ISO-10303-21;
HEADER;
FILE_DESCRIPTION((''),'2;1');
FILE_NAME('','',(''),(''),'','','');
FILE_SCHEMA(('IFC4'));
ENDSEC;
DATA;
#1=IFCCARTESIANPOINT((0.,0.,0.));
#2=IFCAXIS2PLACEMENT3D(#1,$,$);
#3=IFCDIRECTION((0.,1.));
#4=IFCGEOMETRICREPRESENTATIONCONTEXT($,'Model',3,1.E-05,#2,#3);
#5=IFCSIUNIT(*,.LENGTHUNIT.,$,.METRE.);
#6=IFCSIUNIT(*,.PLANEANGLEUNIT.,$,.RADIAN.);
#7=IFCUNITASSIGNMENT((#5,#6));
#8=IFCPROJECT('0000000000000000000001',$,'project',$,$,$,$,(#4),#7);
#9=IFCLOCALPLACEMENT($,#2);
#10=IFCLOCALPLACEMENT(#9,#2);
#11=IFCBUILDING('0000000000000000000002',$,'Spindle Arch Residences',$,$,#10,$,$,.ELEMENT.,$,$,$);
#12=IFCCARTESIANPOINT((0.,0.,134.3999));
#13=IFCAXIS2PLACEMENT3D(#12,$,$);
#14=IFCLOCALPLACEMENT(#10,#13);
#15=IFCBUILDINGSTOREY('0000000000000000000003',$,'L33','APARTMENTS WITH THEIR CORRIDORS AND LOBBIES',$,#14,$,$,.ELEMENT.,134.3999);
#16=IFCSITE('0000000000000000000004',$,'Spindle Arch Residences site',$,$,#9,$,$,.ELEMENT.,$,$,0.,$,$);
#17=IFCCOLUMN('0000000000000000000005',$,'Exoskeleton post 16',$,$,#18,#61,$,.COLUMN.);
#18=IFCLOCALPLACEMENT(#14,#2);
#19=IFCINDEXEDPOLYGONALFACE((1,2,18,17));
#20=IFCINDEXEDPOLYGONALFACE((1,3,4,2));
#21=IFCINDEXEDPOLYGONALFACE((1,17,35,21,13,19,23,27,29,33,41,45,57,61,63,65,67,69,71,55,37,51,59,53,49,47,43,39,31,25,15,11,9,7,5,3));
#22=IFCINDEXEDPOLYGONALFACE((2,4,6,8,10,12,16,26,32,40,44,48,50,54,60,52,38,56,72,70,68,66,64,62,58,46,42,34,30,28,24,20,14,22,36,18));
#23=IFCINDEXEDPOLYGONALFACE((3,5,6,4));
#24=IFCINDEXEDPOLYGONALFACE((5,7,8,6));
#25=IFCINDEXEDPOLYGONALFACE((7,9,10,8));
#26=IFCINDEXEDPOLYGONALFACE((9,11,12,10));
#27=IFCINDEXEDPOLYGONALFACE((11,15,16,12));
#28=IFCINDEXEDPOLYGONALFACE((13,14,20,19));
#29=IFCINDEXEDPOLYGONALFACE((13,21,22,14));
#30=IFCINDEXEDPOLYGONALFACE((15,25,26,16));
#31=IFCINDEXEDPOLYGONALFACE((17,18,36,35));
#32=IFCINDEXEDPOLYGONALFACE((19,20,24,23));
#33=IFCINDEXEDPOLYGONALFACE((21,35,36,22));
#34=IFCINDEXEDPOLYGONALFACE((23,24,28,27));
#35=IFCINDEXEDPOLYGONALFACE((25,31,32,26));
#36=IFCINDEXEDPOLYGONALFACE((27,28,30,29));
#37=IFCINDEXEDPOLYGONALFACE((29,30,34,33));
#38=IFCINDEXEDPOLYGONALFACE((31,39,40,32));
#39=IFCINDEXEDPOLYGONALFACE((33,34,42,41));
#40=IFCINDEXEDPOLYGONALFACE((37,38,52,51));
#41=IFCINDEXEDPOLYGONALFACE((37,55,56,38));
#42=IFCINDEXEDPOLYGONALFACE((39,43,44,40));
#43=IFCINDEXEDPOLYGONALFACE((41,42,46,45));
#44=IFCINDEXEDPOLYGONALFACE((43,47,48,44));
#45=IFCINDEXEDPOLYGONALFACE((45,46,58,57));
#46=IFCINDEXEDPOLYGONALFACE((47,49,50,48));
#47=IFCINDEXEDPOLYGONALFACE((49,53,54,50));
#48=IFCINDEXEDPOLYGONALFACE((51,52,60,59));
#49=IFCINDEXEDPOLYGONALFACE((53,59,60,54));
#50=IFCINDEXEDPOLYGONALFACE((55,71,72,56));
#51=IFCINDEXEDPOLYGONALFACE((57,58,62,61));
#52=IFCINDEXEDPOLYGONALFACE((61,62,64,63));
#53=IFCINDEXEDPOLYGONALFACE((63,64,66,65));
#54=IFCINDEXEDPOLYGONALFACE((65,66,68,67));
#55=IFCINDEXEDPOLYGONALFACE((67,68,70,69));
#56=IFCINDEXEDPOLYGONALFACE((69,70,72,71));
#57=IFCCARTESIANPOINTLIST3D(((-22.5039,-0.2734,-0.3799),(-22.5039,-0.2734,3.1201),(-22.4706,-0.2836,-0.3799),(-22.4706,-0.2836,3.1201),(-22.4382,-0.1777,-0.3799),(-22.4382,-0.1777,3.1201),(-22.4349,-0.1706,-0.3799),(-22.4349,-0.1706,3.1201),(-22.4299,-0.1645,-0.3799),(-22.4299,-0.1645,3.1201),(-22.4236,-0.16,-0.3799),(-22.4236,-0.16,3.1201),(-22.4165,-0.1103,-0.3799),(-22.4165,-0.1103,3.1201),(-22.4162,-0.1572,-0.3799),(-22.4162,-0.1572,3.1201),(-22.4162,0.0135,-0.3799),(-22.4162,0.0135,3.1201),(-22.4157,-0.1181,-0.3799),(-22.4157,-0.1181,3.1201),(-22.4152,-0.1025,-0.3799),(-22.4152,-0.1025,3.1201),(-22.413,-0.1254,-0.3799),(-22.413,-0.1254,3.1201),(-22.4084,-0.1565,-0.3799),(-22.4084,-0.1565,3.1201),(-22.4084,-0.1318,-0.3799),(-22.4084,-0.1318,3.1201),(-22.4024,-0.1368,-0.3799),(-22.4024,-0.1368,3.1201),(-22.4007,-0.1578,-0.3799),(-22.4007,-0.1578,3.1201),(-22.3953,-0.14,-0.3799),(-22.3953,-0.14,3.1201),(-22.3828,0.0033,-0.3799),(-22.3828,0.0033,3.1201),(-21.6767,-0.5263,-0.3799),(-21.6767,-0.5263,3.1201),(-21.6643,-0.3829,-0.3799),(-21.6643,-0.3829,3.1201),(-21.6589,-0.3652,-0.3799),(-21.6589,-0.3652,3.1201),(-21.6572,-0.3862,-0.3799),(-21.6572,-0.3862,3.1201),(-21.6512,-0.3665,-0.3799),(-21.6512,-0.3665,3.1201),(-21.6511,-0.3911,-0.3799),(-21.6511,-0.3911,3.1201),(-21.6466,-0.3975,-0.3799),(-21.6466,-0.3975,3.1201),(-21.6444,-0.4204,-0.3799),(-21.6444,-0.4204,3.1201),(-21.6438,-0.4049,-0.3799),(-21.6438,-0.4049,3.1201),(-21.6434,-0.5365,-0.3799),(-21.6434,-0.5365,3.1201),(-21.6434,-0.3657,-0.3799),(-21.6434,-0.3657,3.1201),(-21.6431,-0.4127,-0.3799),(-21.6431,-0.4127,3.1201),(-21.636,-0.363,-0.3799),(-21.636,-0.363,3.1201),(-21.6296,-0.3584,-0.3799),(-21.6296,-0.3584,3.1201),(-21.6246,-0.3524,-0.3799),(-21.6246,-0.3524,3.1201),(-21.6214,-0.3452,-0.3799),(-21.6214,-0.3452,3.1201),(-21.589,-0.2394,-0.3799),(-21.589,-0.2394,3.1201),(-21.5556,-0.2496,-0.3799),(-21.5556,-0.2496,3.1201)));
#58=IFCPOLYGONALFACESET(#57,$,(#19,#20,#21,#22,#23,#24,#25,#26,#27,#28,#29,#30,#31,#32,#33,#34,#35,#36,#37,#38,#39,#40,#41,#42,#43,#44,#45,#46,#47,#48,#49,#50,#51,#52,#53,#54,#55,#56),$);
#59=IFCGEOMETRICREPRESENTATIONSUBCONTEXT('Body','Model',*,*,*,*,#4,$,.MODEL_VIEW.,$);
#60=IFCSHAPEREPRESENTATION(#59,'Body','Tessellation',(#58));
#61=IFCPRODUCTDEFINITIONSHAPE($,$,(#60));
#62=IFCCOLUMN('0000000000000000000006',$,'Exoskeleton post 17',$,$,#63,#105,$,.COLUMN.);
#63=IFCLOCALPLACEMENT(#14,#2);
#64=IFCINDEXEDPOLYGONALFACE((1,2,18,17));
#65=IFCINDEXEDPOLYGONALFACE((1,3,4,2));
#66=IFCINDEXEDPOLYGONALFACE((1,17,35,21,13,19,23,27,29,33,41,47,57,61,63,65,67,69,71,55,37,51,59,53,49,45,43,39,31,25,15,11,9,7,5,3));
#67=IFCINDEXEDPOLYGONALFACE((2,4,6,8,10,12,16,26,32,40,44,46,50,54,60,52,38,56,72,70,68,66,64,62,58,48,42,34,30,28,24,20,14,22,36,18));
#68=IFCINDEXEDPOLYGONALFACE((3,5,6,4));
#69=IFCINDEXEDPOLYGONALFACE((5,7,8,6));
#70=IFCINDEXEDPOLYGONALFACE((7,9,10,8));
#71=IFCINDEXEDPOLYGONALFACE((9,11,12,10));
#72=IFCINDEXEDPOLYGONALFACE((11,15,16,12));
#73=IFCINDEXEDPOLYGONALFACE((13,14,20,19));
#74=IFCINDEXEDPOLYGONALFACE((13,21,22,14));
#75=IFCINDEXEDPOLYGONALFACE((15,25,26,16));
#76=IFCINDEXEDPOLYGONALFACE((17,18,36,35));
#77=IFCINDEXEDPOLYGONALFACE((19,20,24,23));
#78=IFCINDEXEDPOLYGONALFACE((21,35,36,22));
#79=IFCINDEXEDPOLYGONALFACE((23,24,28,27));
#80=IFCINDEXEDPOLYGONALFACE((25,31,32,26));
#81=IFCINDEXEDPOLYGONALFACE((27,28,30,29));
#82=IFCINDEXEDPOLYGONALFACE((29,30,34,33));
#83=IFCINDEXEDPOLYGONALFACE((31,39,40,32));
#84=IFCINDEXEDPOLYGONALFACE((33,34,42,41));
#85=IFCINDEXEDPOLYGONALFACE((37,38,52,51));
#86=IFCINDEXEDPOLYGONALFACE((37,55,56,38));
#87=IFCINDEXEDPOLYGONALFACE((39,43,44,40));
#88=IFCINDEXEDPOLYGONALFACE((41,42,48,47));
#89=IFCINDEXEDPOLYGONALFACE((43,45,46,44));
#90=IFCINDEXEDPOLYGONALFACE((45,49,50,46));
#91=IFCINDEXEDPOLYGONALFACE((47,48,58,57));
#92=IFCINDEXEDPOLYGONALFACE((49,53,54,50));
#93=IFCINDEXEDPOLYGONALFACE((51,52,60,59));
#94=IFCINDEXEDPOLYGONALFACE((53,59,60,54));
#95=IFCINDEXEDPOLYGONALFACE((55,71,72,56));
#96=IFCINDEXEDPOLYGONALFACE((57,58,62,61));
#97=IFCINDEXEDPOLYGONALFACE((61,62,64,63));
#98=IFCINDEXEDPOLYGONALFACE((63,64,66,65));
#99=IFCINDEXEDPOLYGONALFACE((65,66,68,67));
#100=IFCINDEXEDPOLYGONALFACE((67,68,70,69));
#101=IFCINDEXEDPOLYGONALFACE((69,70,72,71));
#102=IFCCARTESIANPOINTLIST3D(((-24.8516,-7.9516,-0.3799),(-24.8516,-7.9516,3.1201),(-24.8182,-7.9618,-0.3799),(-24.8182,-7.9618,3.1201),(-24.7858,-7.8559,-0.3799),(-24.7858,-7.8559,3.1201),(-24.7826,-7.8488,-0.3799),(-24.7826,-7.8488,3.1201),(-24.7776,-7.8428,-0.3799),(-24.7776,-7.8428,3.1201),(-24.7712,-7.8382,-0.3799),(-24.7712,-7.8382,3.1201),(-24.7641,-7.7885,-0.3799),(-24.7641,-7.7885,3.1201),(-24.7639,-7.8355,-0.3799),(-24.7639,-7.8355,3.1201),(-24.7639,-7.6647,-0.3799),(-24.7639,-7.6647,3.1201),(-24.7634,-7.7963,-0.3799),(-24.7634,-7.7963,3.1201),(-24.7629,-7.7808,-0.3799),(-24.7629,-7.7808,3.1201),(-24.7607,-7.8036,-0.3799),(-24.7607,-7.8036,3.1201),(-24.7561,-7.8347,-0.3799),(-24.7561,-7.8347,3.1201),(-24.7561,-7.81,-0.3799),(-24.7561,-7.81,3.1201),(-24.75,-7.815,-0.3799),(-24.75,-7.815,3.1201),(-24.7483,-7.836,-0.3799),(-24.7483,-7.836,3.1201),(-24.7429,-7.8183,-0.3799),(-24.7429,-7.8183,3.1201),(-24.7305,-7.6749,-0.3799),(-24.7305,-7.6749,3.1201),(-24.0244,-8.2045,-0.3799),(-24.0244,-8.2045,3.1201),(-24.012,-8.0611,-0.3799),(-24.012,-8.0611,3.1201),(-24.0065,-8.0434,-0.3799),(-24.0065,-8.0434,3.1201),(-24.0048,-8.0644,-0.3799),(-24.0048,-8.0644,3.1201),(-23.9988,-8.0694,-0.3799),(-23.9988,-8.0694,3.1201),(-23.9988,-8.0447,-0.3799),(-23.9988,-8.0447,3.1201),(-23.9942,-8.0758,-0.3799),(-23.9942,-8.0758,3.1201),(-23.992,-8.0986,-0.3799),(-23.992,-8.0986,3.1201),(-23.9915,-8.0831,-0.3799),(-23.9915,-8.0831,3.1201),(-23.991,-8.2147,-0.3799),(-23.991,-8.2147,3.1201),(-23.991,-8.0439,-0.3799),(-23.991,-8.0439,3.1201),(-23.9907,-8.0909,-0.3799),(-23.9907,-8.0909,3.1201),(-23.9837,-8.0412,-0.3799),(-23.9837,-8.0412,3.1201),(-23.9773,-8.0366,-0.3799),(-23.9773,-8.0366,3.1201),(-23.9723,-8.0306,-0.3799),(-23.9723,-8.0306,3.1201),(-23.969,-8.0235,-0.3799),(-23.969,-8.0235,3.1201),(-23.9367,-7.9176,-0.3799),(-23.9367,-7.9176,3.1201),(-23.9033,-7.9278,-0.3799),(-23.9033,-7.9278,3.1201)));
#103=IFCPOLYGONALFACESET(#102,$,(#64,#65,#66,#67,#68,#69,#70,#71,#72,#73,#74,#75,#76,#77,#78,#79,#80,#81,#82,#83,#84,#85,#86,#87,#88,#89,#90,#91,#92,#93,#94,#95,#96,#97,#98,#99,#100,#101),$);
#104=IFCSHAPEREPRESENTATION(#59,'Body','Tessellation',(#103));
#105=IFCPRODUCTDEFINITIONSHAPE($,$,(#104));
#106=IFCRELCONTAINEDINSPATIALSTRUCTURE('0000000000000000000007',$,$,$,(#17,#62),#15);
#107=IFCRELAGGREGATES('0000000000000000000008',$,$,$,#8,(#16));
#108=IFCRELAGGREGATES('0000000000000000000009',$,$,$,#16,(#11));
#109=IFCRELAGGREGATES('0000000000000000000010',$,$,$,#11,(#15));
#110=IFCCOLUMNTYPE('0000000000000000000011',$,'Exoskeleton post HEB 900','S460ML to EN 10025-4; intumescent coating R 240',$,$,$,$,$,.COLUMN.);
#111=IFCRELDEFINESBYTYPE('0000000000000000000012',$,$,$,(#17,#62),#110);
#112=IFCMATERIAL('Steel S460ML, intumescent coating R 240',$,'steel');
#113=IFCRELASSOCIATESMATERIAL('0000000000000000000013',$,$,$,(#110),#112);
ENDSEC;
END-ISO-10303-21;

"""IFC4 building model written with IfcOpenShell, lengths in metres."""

from ifc_helpers import new_model, si_unit, direction, frame, origin, origin_2d, place, context, subcontext, project, spatial, i_section, extrude, material, material_profile, profile_set, type_object, element, save


model = new_model("IFC4")

# Units and contexts
model_context = context("Model", 3, precision=1e-05, world=origin(), true_north=direction((0.0, 1.0)))
body_context = subcontext(model_context, "Body", "Model", "MODEL_VIEW")
ifc_project = project(units=[si_unit("LENGTHUNIT", "METRE"), si_unit("PLANEANGLEUNIT", "RADIAN")], contexts=[model_context])

# Site, building, storey
site_placement = place(None, origin())
site = spatial("IfcSite", under=ifc_project, at=site_placement, Name="Spindle Arch Residences site", CompositionType="ELEMENT", RefElevation=0.0)
building_placement = place(site_placement, origin())
building = spatial("IfcBuilding", under=site, at=building_placement, Name="Spindle Arch Residences", CompositionType="ELEMENT")
storey_placement = place(building_placement, frame((0.0, 0.0, 134.3999)))
storey = spatial("IfcBuildingStorey", under=building, at=storey_placement, Name="L33", Description="APARTMENTS WITH THEIR CORRIDORS AND LOBBIES", CompositionType="ELEMENT", Elevation=134.3999)

# Columns
ifc_material_1 = material(Name="Steel S460ML, intumescent coating R 240", Category="steel")
ifc_material_profile_1 = material_profile(ifc_material_1, i_section(OverallWidth=0.3, OverallDepth=0.8999, WebThickness=0.0186, FlangeThickness=0.0349, FilletRadius=0.03, at=origin_2d()), Name="HEB 900")
ifc_profile_set_1 = profile_set([ifc_material_profile_1], Name="Steel S460ML, intumescent coating R 240")
column_type_1 = type_object("IfcColumnType", Name="Exoskeleton post HEB 900", Description="S460ML to EN 10025-4; intumescent coating R 240", PredefinedType="COLUMN", material=ifc_profile_set_1)
for number, where, z_axis, x_axis, name in (
    (1, (-22.0298, -0.2615, -0.3799), (0.0, 0.0, 1.0), (0.292372, 0.956305, 0.0), "Exoskeleton post 16"),
    (2, (-24.3774, -7.9397, -0.3799), (0.0, 0.0, 1.0), (0.292372, 0.956305, 0.0), "Exoskeleton post 17"),
):
    element("IfcColumn", number, at=place(storey_placement, frame(where, z_axis=z_axis, x_axis=x_axis)), inside=storey, type_object=column_type_1, Name=name, PredefinedType="COLUMN", context=body_context, shape_type="SweptSolid", body=[
        extrude(i_section(OverallWidth=0.3, OverallDepth=0.8999, WebThickness=0.0186, FlangeThickness=0.0349, FilletRadius=0.03, at=origin_2d()), origin(), (0.0, 0.0, 1.0), 3.5),
    ])

save(model, "model.ifc")
